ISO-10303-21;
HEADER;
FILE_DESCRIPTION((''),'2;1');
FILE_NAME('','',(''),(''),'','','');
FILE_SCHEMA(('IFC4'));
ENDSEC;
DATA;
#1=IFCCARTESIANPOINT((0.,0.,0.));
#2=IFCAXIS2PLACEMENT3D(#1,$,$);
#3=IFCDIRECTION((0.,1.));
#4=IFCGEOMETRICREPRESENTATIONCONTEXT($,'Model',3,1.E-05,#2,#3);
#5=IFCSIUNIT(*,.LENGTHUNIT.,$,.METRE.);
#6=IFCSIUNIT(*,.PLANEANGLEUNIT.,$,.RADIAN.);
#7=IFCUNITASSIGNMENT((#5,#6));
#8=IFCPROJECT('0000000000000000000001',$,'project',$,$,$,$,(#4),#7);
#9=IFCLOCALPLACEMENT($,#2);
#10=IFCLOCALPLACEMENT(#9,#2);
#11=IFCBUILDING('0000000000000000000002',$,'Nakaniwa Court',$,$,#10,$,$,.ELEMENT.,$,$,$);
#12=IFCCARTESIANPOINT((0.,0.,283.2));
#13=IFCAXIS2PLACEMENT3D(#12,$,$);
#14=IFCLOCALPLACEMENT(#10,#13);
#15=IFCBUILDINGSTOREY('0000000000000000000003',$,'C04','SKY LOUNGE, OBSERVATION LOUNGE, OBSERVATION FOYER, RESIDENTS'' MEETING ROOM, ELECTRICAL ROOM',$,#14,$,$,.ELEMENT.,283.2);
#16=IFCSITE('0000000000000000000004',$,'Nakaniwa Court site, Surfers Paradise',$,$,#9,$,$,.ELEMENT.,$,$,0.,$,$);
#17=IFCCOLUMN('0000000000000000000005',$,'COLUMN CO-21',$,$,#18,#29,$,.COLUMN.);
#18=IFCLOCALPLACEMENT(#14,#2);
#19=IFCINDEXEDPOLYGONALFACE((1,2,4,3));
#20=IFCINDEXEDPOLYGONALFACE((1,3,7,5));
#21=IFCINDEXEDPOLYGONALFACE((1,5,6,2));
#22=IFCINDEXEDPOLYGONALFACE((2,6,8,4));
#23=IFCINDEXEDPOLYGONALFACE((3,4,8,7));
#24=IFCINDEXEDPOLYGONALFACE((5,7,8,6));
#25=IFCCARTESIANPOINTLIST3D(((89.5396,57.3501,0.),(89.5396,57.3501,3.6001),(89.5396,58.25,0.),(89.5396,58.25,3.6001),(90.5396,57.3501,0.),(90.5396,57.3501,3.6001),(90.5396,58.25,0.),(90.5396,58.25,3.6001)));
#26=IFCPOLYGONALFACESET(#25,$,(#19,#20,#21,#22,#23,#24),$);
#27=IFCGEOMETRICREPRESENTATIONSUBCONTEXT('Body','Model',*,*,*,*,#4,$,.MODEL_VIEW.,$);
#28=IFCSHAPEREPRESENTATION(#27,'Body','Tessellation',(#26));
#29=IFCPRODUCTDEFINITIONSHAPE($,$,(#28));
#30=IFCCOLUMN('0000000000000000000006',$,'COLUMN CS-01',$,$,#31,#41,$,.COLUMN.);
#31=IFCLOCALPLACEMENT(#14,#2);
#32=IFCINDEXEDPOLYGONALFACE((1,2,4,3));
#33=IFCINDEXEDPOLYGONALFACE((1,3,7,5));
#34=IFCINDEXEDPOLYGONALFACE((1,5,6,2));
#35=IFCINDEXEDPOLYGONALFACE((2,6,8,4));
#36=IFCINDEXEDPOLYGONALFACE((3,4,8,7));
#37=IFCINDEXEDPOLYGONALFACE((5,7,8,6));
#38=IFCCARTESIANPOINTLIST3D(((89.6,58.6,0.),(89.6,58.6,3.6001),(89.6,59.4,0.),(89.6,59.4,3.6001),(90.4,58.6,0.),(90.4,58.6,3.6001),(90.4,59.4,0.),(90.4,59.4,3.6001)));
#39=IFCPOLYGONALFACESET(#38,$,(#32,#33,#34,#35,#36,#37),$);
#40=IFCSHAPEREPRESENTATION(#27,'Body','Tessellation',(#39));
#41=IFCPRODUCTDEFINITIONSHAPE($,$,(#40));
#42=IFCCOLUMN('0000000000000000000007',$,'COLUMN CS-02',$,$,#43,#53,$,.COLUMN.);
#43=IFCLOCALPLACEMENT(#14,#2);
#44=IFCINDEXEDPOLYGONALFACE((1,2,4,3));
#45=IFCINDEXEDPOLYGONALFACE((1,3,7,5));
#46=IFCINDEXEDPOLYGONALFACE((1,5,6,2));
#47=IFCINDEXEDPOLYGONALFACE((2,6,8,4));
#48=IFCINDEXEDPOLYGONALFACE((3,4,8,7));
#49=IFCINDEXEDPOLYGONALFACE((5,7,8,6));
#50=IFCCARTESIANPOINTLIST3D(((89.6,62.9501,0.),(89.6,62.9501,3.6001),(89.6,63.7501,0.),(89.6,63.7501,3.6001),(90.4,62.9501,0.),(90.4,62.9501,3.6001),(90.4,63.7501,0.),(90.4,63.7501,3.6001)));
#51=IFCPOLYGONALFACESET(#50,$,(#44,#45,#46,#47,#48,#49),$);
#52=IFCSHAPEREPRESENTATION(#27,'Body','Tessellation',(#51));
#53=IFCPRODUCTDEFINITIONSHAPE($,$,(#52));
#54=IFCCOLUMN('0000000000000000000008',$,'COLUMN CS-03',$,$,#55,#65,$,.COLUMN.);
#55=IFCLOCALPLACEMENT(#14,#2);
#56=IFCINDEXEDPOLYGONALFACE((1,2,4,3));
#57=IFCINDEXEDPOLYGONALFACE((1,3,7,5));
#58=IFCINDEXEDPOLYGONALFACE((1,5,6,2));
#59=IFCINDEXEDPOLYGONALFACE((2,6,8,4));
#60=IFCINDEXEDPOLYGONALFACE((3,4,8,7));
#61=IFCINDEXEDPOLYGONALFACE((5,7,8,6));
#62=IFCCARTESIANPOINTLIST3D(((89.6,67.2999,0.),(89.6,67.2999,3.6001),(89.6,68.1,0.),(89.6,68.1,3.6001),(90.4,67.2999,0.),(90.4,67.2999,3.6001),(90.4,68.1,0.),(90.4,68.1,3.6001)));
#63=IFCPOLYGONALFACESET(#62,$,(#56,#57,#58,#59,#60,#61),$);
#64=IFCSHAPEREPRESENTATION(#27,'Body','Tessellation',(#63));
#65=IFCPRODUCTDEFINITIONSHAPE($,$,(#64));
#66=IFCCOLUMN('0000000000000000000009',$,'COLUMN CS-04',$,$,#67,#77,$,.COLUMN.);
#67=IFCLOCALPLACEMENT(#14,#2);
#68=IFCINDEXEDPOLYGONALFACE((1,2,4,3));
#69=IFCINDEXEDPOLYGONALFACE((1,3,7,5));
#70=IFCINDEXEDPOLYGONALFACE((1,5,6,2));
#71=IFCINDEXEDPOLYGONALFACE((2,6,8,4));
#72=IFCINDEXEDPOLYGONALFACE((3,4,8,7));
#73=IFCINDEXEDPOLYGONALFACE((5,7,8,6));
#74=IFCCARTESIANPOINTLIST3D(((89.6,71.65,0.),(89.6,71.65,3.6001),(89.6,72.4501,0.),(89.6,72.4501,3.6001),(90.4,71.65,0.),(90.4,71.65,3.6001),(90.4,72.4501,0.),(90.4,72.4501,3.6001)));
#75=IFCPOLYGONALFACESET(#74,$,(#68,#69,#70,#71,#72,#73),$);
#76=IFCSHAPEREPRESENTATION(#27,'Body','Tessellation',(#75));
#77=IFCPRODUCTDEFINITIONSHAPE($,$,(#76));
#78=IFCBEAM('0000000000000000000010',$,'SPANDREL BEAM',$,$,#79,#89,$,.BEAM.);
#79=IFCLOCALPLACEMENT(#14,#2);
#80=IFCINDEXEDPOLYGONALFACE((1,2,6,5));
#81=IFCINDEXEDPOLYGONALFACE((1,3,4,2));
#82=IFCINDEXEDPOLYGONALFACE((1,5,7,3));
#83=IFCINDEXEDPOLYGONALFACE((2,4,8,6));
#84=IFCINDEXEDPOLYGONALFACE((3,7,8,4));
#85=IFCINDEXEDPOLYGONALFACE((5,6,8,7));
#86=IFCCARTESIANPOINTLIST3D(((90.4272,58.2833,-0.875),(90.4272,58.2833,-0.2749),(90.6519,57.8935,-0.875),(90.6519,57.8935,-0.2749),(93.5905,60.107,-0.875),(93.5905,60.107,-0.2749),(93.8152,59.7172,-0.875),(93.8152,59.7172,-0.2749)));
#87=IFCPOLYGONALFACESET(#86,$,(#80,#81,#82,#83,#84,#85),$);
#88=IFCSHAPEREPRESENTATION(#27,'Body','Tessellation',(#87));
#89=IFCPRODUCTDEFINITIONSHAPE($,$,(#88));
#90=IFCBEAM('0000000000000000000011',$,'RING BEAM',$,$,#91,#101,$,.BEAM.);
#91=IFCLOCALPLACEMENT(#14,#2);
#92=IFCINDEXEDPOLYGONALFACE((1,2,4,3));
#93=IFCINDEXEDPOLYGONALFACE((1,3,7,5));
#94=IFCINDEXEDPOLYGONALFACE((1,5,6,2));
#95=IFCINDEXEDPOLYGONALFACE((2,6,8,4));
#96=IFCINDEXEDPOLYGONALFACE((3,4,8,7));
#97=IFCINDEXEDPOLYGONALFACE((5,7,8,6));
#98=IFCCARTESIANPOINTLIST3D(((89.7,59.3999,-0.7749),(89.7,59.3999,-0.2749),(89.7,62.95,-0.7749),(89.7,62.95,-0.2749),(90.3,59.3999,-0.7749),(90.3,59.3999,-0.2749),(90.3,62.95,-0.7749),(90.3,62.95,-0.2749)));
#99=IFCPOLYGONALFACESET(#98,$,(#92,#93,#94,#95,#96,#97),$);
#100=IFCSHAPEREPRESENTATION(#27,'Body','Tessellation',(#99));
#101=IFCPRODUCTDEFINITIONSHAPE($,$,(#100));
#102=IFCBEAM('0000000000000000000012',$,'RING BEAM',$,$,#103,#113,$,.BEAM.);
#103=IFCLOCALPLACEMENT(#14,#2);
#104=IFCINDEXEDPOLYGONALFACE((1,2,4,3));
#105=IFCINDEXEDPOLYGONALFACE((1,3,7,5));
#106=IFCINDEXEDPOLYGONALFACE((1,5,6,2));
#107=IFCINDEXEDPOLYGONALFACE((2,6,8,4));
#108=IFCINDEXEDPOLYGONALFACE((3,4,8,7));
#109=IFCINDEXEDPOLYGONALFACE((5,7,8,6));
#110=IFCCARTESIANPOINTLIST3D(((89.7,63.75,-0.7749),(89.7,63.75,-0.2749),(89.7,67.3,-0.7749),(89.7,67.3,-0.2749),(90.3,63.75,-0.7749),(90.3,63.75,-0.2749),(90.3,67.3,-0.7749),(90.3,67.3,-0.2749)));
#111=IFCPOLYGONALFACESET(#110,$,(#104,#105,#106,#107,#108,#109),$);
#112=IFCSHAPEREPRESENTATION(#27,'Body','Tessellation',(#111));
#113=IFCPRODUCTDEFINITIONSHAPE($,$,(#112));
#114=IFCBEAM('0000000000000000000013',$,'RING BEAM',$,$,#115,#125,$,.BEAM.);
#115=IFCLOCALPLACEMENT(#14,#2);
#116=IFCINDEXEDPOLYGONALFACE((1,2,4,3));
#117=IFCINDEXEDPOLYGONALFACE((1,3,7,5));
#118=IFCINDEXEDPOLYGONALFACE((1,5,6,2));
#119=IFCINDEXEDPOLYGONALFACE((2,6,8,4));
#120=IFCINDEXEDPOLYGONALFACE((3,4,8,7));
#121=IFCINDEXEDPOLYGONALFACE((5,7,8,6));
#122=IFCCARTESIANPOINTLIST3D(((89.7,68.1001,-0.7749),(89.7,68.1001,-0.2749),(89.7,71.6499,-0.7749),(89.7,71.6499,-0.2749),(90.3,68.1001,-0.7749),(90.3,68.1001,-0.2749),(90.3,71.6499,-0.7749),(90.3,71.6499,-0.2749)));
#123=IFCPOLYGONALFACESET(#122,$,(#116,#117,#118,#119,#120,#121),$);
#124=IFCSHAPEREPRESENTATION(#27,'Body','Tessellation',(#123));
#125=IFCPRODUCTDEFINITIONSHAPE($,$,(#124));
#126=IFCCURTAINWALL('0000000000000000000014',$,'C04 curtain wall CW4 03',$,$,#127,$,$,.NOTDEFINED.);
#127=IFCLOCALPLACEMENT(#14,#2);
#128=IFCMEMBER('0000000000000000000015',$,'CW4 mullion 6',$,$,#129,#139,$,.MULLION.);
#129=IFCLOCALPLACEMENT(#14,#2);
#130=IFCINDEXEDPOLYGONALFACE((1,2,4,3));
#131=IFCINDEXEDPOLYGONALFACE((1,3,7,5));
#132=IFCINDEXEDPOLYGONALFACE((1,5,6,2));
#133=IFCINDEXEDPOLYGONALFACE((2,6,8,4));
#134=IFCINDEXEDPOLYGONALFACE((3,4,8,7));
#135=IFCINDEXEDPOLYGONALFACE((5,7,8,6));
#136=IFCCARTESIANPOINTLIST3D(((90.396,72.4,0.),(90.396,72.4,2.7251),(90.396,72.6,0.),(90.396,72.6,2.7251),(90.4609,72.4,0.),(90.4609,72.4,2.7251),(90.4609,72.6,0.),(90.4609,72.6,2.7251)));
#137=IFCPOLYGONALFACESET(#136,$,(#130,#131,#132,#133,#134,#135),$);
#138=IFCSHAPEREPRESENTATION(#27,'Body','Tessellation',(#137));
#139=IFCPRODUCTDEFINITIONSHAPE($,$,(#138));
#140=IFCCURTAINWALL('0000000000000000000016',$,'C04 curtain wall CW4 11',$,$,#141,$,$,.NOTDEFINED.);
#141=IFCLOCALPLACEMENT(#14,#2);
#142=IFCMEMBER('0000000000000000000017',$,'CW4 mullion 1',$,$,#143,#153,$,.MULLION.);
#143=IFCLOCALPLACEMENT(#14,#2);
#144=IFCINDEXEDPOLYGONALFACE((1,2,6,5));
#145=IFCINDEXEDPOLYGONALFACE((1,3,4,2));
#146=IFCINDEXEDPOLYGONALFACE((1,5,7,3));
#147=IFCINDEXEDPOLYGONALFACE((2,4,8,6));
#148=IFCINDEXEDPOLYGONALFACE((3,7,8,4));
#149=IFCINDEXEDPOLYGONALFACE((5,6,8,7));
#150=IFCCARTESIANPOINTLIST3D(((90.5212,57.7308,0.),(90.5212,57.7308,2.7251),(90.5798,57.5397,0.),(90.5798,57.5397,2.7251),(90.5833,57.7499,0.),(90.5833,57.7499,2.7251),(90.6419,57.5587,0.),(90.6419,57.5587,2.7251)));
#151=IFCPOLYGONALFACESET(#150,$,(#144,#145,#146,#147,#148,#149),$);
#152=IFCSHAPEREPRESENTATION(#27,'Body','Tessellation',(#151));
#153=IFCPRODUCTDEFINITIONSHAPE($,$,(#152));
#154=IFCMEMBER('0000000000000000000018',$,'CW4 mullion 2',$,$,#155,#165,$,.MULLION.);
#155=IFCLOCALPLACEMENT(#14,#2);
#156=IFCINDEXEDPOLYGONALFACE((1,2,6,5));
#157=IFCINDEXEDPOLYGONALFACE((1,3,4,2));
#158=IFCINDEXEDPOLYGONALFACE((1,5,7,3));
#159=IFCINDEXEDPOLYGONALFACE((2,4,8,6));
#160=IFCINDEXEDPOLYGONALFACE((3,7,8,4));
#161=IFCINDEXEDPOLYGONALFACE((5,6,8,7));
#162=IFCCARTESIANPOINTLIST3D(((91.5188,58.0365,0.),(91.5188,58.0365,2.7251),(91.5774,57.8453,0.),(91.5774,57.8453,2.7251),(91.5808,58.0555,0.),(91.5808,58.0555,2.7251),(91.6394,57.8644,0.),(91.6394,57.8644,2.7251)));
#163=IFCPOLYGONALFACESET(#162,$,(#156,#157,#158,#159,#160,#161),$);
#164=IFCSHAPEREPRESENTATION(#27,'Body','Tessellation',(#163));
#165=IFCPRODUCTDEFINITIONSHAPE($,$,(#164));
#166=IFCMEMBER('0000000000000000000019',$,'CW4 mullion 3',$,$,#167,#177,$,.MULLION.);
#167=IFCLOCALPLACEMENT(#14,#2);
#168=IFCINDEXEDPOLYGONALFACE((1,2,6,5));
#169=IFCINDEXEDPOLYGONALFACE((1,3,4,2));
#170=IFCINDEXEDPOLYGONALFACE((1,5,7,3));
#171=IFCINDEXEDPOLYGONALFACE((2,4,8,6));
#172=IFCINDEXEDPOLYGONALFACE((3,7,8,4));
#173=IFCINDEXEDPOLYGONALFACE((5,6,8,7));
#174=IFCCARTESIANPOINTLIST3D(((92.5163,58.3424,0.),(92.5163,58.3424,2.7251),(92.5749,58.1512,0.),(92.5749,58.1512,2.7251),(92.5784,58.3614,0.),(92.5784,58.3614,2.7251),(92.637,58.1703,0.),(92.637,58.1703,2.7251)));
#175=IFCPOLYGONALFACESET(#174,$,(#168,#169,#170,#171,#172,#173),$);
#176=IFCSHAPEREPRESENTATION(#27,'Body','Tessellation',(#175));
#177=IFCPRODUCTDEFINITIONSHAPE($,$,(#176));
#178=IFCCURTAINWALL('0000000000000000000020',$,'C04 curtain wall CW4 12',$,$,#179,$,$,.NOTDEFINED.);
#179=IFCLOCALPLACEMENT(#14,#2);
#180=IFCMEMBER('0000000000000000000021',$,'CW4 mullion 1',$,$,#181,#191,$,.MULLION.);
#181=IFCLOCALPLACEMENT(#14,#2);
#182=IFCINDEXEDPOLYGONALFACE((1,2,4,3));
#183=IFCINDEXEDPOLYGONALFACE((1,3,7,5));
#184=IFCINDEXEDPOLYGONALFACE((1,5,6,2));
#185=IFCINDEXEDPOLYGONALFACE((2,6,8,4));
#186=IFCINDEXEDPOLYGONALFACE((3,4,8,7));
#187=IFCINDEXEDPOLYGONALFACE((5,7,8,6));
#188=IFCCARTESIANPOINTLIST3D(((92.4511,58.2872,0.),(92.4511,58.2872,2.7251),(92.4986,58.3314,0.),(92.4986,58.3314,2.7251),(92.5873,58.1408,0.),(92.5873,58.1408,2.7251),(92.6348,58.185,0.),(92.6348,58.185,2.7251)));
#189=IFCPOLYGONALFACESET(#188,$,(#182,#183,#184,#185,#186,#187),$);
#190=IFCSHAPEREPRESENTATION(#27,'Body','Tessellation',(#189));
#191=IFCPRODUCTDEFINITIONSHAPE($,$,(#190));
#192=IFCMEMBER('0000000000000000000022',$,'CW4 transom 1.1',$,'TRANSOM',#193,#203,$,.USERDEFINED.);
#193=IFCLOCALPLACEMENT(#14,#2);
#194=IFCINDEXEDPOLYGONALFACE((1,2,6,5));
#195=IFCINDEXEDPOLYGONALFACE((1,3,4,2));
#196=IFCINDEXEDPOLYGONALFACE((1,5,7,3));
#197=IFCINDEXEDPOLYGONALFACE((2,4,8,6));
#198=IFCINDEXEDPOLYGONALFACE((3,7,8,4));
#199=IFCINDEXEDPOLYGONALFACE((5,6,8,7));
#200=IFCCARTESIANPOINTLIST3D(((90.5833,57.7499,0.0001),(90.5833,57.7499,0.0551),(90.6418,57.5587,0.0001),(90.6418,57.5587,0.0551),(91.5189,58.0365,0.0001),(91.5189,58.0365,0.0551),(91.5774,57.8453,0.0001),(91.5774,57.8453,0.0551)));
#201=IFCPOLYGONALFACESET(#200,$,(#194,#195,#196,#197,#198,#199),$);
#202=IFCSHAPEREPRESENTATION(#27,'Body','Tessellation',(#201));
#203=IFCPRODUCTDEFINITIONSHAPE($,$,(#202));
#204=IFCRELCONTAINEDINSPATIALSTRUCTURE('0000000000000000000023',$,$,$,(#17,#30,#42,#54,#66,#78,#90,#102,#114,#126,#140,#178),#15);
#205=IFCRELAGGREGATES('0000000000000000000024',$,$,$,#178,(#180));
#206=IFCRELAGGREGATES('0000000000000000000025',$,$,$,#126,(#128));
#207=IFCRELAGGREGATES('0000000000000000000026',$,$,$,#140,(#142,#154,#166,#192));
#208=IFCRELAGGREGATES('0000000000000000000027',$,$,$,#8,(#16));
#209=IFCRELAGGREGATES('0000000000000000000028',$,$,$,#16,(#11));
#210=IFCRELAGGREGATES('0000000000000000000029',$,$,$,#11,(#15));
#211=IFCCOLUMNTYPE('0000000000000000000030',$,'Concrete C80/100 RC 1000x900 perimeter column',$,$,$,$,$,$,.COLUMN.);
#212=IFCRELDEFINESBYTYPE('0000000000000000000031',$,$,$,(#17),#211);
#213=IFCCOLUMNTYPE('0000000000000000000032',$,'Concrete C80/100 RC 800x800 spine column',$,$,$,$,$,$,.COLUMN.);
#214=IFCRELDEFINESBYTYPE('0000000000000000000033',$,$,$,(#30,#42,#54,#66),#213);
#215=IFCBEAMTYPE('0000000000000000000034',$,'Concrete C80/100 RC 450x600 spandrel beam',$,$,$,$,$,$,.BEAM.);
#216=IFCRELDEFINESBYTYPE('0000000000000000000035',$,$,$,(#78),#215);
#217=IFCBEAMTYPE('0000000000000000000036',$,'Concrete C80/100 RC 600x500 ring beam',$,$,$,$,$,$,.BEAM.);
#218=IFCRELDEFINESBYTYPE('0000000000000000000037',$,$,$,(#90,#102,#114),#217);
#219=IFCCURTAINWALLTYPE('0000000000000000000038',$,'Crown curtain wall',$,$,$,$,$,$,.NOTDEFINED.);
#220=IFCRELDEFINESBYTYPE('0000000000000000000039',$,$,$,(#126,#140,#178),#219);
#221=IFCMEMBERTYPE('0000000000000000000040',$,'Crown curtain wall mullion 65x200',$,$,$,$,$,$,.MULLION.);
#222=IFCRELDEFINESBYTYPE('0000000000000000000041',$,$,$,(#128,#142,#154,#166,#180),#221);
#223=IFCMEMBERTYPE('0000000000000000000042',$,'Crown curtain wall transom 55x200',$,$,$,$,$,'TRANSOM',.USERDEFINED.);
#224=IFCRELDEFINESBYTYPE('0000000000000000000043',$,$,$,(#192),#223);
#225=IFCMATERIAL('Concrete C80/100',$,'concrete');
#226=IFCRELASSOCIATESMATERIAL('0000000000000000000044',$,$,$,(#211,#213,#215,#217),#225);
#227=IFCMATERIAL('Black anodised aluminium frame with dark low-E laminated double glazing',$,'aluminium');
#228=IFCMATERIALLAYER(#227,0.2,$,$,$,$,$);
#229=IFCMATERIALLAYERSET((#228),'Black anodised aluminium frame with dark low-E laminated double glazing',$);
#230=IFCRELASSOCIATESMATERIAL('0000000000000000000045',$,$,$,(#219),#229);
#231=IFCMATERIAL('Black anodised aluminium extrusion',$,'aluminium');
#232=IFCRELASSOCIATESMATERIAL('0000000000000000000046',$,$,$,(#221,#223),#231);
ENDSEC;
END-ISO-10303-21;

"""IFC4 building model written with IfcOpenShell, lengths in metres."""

from ifc_helpers import new_model, si_unit, direction, frame, origin, origin_2d, place, context, subcontext, project, spatial, rectangle, extrude, material, layer, layer_set, material_profile, profile_set, type_object, element, aggregate, save


model = new_model("IFC4")

# Units and contexts
model_context = context("Model", 3, precision=1e-05, world=origin(), true_north=direction((0.0, 1.0)))
body_context = subcontext(model_context, "Body", "Model", "MODEL_VIEW")
ifc_project = project(units=[si_unit("LENGTHUNIT", "METRE"), si_unit("PLANEANGLEUNIT", "RADIAN")], contexts=[model_context])

# Site, building, storey
site_placement = place(None, origin())
site = spatial("IfcSite", under=ifc_project, at=site_placement, Name="Nakaniwa Court site, Surfers Paradise", CompositionType="ELEMENT", RefElevation=0.0)
building_placement = place(site_placement, origin())
building = spatial("IfcBuilding", under=site, at=building_placement, Name="Nakaniwa Court", CompositionType="ELEMENT")
storey_placement = place(building_placement, frame((0.0, 0.0, 283.2)))
storey = spatial("IfcBuildingStorey", under=building, at=storey_placement, Name="C04", Description="SKY LOUNGE, OBSERVATION LOUNGE, OBSERVATION FOYER, RESIDENTS' MEETING ROOM, ELECTRICAL ROOM", CompositionType="ELEMENT", Elevation=283.2)

# Columns
ifc_material_1 = material(Name="Concrete C80/100", Category="concrete")
ifc_material_profile_1 = material_profile(ifc_material_1, rectangle(XDim=1.0, YDim=0.8999, at=origin_2d()), Name="Concrete C80/100 RC 1000x900 perimeter column")
ifc_profile_set_1 = profile_set([ifc_material_profile_1], Name="Concrete C80/100")
column_type_1 = type_object("IfcColumnType", Name="Concrete C80/100 RC 1000x900 perimeter column", PredefinedType="COLUMN", material=ifc_profile_set_1)
column_placement = place(storey_placement, frame((90.0396, 57.8, 0.0), z_axis=(0.0, 0.0, 1.0), x_axis=(1.0, 0.0, 0.0)))
element("IfcColumn", 1, at=column_placement, inside=storey, type_object=column_type_1, Name="COLUMN CO-21", PredefinedType="COLUMN", context=body_context, shape_type="SweptSolid", body=[
    extrude(rectangle(XDim=1.0, YDim=0.8999, at=origin_2d()), origin(), (0.0, 0.0, 1.0), 3.6001),
])
ifc_material_profile_2 = material_profile(ifc_material_1, rectangle(XDim=0.8, YDim=0.8, at=origin_2d()), Name="Concrete C80/100 RC 800x800 spine column")
ifc_profile_set_2 = profile_set([ifc_material_profile_2], Name="Concrete C80/100")
column_type_2 = type_object("IfcColumnType", Name="Concrete C80/100 RC 800x800 spine column", PredefinedType="COLUMN", material=ifc_profile_set_2)
for number, where, z_axis, x_axis, name in (
    (2, (90.0, 59.0, 0.0), (0.0, 0.0, 1.0), (0.0, 1.0, 0.0), "COLUMN CS-01"),
    (3, (90.0, 63.3501, 0.0), (0.0, 0.0, 1.0), (0.0, 1.0, 0.0), "COLUMN CS-02"),
    (4, (90.0, 67.7, 0.0), (0.0, 0.0, 1.0), (0.0, 1.0, 0.0), "COLUMN CS-03"),
    (5, (90.0, 72.05, 0.0), (0.0, 0.0, 1.0), (0.0, 1.0, 0.0), "COLUMN CS-04"),
):
    element("IfcColumn", number, at=place(storey_placement, frame(where, z_axis=z_axis, x_axis=x_axis)), inside=storey, type_object=column_type_2, Name=name, PredefinedType="COLUMN", context=body_context, shape_type="SweptSolid", body=[
        extrude(rectangle(XDim=0.8, YDim=0.8, at=origin_2d()), origin(), (0.0, 0.0, 1.0), 3.6001),
    ])

# Beams
ifc_material_profile_3 = material_profile(ifc_material_1, rectangle(XDim=0.45, YDim=0.6001, at=origin_2d()), Name="Concrete C80/100 RC 450x600 spandrel beam")
ifc_profile_set_3 = profile_set([ifc_material_profile_3], Name="Concrete C80/100")
beam_type_1 = type_object("IfcBeamType", Name="Concrete C80/100 RC 450x600 spandrel beam", PredefinedType="BEAM", material=ifc_profile_set_3)
beam_1_placement = place(storey_placement, frame((90.5396, 58.0884, -0.575), z_axis=(0.866336, 0.499462, 0.0), x_axis=(-0.499462, 0.866336, 0.0)))
element("IfcBeam", 6, at=beam_1_placement, inside=storey, type_object=beam_type_1, Name="SPANDREL BEAM", PredefinedType="BEAM", context=body_context, shape_type="SweptSolid", body=[
    extrude(rectangle(XDim=0.45, YDim=0.6001, at=origin_2d()), origin(), (0.0, 0.0, 1.0), 3.6514),
])
ifc_material_profile_4 = material_profile(ifc_material_1, rectangle(XDim=0.6001, YDim=0.5, at=origin_2d()), Name="Concrete C80/100 RC 600x500 ring beam")
ifc_profile_set_4 = profile_set([ifc_material_profile_4], Name="Concrete C80/100")
beam_type_2 = type_object("IfcBeamType", Name="Concrete C80/100 RC 600x500 ring beam", PredefinedType="BEAM", material=ifc_profile_set_4)
for number, where, z_axis, x_axis, name in (
    (7, (90.0, 59.3999, -0.5249), (0.0, 1.0, 0.0), (-1.0, 0.0, 0.0), "RING BEAM"),
    (8, (90.0, 63.75, -0.5249), (0.0, 1.0, 0.0), (-1.0, 0.0, 0.0), "RING BEAM"),
):
    element("IfcBeam", number, at=place(storey_placement, frame(where, z_axis=z_axis, x_axis=x_axis)), inside=storey, type_object=beam_type_2, Name=name, PredefinedType="BEAM", context=body_context, shape_type="SweptSolid", body=[
        extrude(rectangle(XDim=0.6001, YDim=0.5, at=origin_2d()), origin(), (0.0, 0.0, 1.0), 3.55),
    ])
beam_2_placement = place(storey_placement, frame((90.0, 68.1001, -0.5249), z_axis=(0.0, 1.0, 0.0), x_axis=(-1.0, 0.0, 0.0)))
element("IfcBeam", 9, at=beam_2_placement, inside=storey, type_object=beam_type_2, Name="RING BEAM", PredefinedType="BEAM", context=body_context, shape_type="SweptSolid", body=[
    extrude(rectangle(XDim=0.6001, YDim=0.5, at=origin_2d()), origin(), (0.0, 0.0, 1.0), 3.5498),
])

# Curtain wall, member
ifc_material_2 = material(Name="Black anodised aluminium frame with dark low-E laminated double glazing", Category="aluminium")
ifc_layer_1 = layer(ifc_material_2, 0.2)
ifc_layer_set_1 = layer_set([ifc_layer_1], Name="Black anodised aluminium frame with dark low-E laminated double glazing")
curtain_wall_type = type_object("IfcCurtainWallType", Name="Crown curtain wall", PredefinedType="NOTDEFINED", material=ifc_layer_set_1)
curtain_wall_1_placement = place(storey_placement, origin())
curtain_wall_1 = element("IfcCurtainWall", 10, at=curtain_wall_1_placement, inside=storey, type_object=curtain_wall_type, Name="C04 curtain wall CW4 03", PredefinedType="NOTDEFINED")
ifc_material_3 = material(Name="Black anodised aluminium extrusion", Category="aluminium")
ifc_material_profile_5 = material_profile(ifc_material_3, rectangle(XDim=0.2, YDim=0.0649, at=origin_2d()), Name="Crown curtain wall mullion 65x200")
ifc_profile_set_5 = profile_set([ifc_material_profile_5], Name="Black anodised aluminium extrusion")
member_type_1 = type_object("IfcMemberType", Name="Crown curtain wall mullion 65x200", PredefinedType="MULLION", material=ifc_profile_set_5)
member_1_placement = place(storey_placement, frame((90.4285, 72.5, 0.0), z_axis=(0.0, 0.0, 1.0), x_axis=(0.0, -1.0, 0.0)))
member_1 = element("IfcMember", 11, at=member_1_placement, type_object=member_type_1, Name="CW4 mullion 6", PredefinedType="MULLION", context=body_context, shape_type="SweptSolid", body=[
    extrude(rectangle(XDim=0.2, YDim=0.0649, at=origin_2d()), origin(), (0.0, 0.0, 1.0), 2.7251),
])

# Curtain wall, members
curtain_wall_2_placement = place(storey_placement, origin())
curtain_wall_2 = element("IfcCurtainWall", 12, at=curtain_wall_2_placement, inside=storey, type_object=curtain_wall_type, Name="C04 curtain wall CW4 11", PredefinedType="NOTDEFINED")
member_2_placement = place(storey_placement, frame((90.5815, 57.6448, 0.0), z_axis=(0.0, 0.0, 1.0), x_axis=(-0.29306, 0.956094, 0.0)))
member_2 = element("IfcMember", 13, at=member_2_placement, type_object=member_type_1, Name="CW4 mullion 1", PredefinedType="MULLION", context=body_context, shape_type="SweptSolid", body=[
    extrude(rectangle(XDim=0.2, YDim=0.0649, at=origin_2d()), origin(), (0.0, 0.0, 1.0), 2.7251),
])
member_3_placement = place(storey_placement, frame((91.5791, 57.9504, 0.0), z_axis=(0.0, 0.0, 1.0), x_axis=(-0.29306, 0.956094, 0.0)))
member_3 = element("IfcMember", 14, at=member_3_placement, type_object=member_type_1, Name="CW4 mullion 2", PredefinedType="MULLION", context=body_context, shape_type="SweptSolid", body=[
    extrude(rectangle(XDim=0.2, YDim=0.0649, at=origin_2d()), origin(), (0.0, 0.0, 1.0), 2.7251),
])
member_4_placement = place(storey_placement, frame((92.5767, 58.2563, 0.0), z_axis=(0.0, 0.0, 1.0), x_axis=(-0.29306, 0.956094, 0.0)))
member_4 = element("IfcMember", 15, at=member_4_placement, type_object=member_type_1, Name="CW4 mullion 3", PredefinedType="MULLION", context=body_context, shape_type="SweptSolid", body=[
    extrude(rectangle(XDim=0.2, YDim=0.0649, at=origin_2d()), origin(), (0.0, 0.0, 1.0), 2.7251),
])

# Curtain wall, member
curtain_wall_3_placement = place(storey_placement, origin())
curtain_wall_3 = element("IfcCurtainWall", 16, at=curtain_wall_3_placement, inside=storey, type_object=curtain_wall_type, Name="C04 curtain wall CW4 12", PredefinedType="NOTDEFINED")
member_5_placement = place(storey_placement, frame((92.543, 58.2361, 0.0), z_axis=(0.0, 0.0, 1.0), x_axis=(-0.681182, 0.732114, 0.0)))
member_5 = element("IfcMember", 17, at=member_5_placement, type_object=member_type_1, Name="CW4 mullion 1", PredefinedType="MULLION", context=body_context, shape_type="SweptSolid", body=[
    extrude(rectangle(XDim=0.2, YDim=0.0649, at=origin_2d()), origin(), (0.0, 0.0, 1.0), 2.7251),
])

# Member
ifc_material_profile_6 = material_profile(ifc_material_3, rectangle(XDim=0.2, YDim=0.0549, at=origin_2d()), Name="Crown curtain wall transom 55x200")
ifc_profile_set_6 = profile_set([ifc_material_profile_6], Name="Black anodised aluminium extrusion")
member_type_2 = type_object("IfcMemberType", Name="Crown curtain wall transom 55x200", ElementType="TRANSOM", PredefinedType="USERDEFINED", material=ifc_profile_set_6)
member_6_placement = place(storey_placement, frame((90.6125, 57.6543, 0.0276), z_axis=(0.956134, 0.292928, 0.0), x_axis=(-0.292928, 0.956134, 0.0)))
member_6 = element("IfcMember", 18, at=member_6_placement, type_object=member_type_2, Name="CW4 transom 1.1", ObjectType="TRANSOM", PredefinedType="USERDEFINED", context=body_context, shape_type="SweptSolid", body=[
    extrude(rectangle(XDim=0.2, YDim=0.0549, at=origin_2d()), origin(), (0.0, 0.0, 1.0), 0.9785),
])
aggregate(curtain_wall_3, [member_5])

aggregate(curtain_wall_1, [member_1])
aggregate(curtain_wall_2, [member_2, member_3, member_4, member_6])

save(model, "model.ifc")
